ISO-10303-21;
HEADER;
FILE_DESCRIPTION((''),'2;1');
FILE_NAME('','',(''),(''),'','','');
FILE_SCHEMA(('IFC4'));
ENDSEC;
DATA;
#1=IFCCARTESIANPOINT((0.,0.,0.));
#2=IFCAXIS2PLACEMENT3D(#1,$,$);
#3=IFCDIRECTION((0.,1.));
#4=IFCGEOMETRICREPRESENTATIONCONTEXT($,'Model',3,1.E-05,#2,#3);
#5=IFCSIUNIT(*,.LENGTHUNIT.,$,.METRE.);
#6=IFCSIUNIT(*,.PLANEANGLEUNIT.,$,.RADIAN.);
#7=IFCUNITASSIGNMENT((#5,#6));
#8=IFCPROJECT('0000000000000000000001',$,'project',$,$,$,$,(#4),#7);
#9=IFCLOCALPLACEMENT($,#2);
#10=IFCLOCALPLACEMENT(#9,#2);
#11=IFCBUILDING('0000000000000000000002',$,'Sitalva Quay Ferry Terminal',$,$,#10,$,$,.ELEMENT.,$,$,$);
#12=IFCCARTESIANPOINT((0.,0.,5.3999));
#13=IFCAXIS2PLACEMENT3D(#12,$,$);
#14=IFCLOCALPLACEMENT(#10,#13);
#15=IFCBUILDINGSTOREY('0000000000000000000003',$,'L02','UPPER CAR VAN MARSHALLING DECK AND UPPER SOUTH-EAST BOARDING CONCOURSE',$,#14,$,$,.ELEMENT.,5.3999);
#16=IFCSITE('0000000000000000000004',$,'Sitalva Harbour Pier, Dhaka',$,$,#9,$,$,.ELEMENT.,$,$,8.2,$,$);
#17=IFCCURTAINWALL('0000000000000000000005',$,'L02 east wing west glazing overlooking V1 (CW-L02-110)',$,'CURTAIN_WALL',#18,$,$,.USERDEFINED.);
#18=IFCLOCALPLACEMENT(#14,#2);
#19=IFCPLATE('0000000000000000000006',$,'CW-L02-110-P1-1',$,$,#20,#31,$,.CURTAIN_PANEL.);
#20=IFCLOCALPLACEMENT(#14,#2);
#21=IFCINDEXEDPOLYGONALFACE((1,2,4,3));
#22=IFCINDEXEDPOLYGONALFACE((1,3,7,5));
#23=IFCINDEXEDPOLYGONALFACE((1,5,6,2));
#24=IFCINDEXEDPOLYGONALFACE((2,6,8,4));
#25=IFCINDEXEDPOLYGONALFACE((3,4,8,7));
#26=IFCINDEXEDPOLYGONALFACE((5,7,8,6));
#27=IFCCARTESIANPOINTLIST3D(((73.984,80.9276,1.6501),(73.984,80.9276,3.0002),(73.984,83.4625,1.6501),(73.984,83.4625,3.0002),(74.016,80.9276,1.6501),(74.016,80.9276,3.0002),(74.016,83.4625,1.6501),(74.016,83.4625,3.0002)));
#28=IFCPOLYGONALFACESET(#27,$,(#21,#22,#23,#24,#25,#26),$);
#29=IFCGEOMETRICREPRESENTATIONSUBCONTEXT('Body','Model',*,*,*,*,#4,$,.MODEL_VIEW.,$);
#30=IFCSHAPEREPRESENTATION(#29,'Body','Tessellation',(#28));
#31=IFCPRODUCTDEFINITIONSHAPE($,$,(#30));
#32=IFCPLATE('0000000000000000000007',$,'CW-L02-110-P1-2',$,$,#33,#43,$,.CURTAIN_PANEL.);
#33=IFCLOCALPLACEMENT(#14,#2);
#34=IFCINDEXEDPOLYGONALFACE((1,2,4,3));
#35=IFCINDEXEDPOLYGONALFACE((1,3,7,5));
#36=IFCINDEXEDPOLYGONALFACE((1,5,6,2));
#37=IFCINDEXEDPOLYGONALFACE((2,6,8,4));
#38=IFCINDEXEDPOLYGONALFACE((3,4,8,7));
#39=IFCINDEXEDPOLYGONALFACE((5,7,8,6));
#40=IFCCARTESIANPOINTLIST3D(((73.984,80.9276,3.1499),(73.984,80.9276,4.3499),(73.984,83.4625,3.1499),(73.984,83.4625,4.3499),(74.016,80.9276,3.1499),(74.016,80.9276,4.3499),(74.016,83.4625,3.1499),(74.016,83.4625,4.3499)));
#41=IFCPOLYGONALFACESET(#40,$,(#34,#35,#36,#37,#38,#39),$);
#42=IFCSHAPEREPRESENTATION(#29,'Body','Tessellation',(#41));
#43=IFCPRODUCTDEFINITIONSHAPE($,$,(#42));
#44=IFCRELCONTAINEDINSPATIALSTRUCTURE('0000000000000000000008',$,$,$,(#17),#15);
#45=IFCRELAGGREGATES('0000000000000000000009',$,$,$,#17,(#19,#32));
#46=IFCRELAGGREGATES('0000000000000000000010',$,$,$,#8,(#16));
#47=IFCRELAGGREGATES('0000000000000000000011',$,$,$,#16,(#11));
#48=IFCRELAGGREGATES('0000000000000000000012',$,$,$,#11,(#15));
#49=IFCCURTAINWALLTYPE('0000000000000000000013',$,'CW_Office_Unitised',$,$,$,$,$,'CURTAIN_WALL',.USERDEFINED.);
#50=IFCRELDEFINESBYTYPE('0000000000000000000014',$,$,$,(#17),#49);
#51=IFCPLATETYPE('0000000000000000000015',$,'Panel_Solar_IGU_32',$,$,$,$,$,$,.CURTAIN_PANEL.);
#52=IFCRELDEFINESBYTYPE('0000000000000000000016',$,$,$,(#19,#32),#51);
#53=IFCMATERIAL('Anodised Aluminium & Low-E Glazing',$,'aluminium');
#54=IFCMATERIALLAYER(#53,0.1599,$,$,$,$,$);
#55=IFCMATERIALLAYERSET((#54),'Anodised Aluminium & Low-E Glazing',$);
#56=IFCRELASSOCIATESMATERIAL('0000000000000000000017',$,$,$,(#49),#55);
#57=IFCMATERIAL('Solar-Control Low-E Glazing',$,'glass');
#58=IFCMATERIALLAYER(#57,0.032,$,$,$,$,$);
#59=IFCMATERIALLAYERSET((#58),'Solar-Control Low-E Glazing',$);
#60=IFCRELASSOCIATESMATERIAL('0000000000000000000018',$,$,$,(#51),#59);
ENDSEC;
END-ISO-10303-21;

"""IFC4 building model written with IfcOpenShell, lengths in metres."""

from ifc_helpers import new_model, si_unit, direction, frame, origin, origin_2d, place, context, subcontext, project, spatial, rectangle, extrude, material, layer, layer_set, type_object, element, aggregate, save


model = new_model("IFC4")

# Units and contexts
model_context = context("Model", 3, precision=1e-05, world=origin(), true_north=direction((0.0, 1.0)))
body_context = subcontext(model_context, "Body", "Model", "MODEL_VIEW")
ifc_project = project(units=[si_unit("LENGTHUNIT", "METRE"), si_unit("PLANEANGLEUNIT", "RADIAN")], contexts=[model_context])

# Site, building, storey
site_placement = place(None, origin())
site = spatial("IfcSite", under=ifc_project, at=site_placement, Name="Sitalva Harbour Pier, Dhaka", CompositionType="ELEMENT", RefElevation=8.2)
building_placement = place(site_placement, origin())
building = spatial("IfcBuilding", under=site, at=building_placement, Name="Sitalva Quay Ferry Terminal", CompositionType="ELEMENT")
storey_placement = place(building_placement, frame((0.0, 0.0, 5.3999)))
storey = spatial("IfcBuildingStorey", under=building, at=storey_placement, Name="L02", Description="UPPER CAR VAN MARSHALLING DECK AND UPPER SOUTH-EAST BOARDING CONCOURSE", CompositionType="ELEMENT", Elevation=5.3999)

# Curtain wall, plates
ifc_material_1 = material(Name="Anodised Aluminium & Low-E Glazing", Category="aluminium")
ifc_layer_1 = layer(ifc_material_1, 0.1599)
ifc_layer_set_1 = layer_set([ifc_layer_1], Name="Anodised Aluminium & Low-E Glazing")
curtain_wall_type = type_object("IfcCurtainWallType", Name="CW_Office_Unitised", ElementType="CURTAIN_WALL", PredefinedType="USERDEFINED", material=ifc_layer_set_1)
curtain_wall_placement = place(storey_placement, origin())
curtain_wall = element("IfcCurtainWall", 1, at=curtain_wall_placement, inside=storey, type_object=curtain_wall_type, Name="L02 east wing west glazing overlooking V1 (CW-L02-110)", ObjectType="CURTAIN_WALL", PredefinedType="USERDEFINED")
ifc_material_2 = material(Name="Solar-Control Low-E Glazing", Category="glass")
ifc_layer_2 = layer(ifc_material_2, 0.032)
ifc_layer_set_2 = layer_set([ifc_layer_2], Name="Solar-Control Low-E Glazing")
plate_type = type_object("IfcPlateType", Name="Panel_Solar_IGU_32", PredefinedType="CURTAIN_PANEL", material=ifc_layer_set_2)
plate_1_placement = place(storey_placement, frame((74.0, 82.1951, 1.6501), z_axis=(0.0, 0.0, 1.0), x_axis=(0.0, 1.0, 0.0)))
plate_1 = element("IfcPlate", 2, at=plate_1_placement, type_object=plate_type, Name="CW-L02-110-P1-1", PredefinedType="CURTAIN_PANEL", context=body_context, shape_type="SweptSolid", body=[
    extrude(rectangle(XDim=2.5349, YDim=0.032, at=origin_2d()), origin(), (0.0, 0.0, 1.0), 1.3501),
])
plate_2_placement = place(storey_placement, frame((74.0, 82.1951, 3.1499), z_axis=(0.0, 0.0, 1.0), x_axis=(0.0, 1.0, 0.0)))
plate_2 = element("IfcPlate", 3, at=plate_2_placement, type_object=plate_type, Name="CW-L02-110-P1-2", PredefinedType="CURTAIN_PANEL", context=body_context, shape_type="SweptSolid", body=[
    extrude(rectangle(XDim=2.5349, YDim=0.032, at=origin_2d()), origin(), (0.0, 0.0, 1.0), 1.2),
])
aggregate(curtain_wall, [plate_1, plate_2])

save(model, "model.ifc")
